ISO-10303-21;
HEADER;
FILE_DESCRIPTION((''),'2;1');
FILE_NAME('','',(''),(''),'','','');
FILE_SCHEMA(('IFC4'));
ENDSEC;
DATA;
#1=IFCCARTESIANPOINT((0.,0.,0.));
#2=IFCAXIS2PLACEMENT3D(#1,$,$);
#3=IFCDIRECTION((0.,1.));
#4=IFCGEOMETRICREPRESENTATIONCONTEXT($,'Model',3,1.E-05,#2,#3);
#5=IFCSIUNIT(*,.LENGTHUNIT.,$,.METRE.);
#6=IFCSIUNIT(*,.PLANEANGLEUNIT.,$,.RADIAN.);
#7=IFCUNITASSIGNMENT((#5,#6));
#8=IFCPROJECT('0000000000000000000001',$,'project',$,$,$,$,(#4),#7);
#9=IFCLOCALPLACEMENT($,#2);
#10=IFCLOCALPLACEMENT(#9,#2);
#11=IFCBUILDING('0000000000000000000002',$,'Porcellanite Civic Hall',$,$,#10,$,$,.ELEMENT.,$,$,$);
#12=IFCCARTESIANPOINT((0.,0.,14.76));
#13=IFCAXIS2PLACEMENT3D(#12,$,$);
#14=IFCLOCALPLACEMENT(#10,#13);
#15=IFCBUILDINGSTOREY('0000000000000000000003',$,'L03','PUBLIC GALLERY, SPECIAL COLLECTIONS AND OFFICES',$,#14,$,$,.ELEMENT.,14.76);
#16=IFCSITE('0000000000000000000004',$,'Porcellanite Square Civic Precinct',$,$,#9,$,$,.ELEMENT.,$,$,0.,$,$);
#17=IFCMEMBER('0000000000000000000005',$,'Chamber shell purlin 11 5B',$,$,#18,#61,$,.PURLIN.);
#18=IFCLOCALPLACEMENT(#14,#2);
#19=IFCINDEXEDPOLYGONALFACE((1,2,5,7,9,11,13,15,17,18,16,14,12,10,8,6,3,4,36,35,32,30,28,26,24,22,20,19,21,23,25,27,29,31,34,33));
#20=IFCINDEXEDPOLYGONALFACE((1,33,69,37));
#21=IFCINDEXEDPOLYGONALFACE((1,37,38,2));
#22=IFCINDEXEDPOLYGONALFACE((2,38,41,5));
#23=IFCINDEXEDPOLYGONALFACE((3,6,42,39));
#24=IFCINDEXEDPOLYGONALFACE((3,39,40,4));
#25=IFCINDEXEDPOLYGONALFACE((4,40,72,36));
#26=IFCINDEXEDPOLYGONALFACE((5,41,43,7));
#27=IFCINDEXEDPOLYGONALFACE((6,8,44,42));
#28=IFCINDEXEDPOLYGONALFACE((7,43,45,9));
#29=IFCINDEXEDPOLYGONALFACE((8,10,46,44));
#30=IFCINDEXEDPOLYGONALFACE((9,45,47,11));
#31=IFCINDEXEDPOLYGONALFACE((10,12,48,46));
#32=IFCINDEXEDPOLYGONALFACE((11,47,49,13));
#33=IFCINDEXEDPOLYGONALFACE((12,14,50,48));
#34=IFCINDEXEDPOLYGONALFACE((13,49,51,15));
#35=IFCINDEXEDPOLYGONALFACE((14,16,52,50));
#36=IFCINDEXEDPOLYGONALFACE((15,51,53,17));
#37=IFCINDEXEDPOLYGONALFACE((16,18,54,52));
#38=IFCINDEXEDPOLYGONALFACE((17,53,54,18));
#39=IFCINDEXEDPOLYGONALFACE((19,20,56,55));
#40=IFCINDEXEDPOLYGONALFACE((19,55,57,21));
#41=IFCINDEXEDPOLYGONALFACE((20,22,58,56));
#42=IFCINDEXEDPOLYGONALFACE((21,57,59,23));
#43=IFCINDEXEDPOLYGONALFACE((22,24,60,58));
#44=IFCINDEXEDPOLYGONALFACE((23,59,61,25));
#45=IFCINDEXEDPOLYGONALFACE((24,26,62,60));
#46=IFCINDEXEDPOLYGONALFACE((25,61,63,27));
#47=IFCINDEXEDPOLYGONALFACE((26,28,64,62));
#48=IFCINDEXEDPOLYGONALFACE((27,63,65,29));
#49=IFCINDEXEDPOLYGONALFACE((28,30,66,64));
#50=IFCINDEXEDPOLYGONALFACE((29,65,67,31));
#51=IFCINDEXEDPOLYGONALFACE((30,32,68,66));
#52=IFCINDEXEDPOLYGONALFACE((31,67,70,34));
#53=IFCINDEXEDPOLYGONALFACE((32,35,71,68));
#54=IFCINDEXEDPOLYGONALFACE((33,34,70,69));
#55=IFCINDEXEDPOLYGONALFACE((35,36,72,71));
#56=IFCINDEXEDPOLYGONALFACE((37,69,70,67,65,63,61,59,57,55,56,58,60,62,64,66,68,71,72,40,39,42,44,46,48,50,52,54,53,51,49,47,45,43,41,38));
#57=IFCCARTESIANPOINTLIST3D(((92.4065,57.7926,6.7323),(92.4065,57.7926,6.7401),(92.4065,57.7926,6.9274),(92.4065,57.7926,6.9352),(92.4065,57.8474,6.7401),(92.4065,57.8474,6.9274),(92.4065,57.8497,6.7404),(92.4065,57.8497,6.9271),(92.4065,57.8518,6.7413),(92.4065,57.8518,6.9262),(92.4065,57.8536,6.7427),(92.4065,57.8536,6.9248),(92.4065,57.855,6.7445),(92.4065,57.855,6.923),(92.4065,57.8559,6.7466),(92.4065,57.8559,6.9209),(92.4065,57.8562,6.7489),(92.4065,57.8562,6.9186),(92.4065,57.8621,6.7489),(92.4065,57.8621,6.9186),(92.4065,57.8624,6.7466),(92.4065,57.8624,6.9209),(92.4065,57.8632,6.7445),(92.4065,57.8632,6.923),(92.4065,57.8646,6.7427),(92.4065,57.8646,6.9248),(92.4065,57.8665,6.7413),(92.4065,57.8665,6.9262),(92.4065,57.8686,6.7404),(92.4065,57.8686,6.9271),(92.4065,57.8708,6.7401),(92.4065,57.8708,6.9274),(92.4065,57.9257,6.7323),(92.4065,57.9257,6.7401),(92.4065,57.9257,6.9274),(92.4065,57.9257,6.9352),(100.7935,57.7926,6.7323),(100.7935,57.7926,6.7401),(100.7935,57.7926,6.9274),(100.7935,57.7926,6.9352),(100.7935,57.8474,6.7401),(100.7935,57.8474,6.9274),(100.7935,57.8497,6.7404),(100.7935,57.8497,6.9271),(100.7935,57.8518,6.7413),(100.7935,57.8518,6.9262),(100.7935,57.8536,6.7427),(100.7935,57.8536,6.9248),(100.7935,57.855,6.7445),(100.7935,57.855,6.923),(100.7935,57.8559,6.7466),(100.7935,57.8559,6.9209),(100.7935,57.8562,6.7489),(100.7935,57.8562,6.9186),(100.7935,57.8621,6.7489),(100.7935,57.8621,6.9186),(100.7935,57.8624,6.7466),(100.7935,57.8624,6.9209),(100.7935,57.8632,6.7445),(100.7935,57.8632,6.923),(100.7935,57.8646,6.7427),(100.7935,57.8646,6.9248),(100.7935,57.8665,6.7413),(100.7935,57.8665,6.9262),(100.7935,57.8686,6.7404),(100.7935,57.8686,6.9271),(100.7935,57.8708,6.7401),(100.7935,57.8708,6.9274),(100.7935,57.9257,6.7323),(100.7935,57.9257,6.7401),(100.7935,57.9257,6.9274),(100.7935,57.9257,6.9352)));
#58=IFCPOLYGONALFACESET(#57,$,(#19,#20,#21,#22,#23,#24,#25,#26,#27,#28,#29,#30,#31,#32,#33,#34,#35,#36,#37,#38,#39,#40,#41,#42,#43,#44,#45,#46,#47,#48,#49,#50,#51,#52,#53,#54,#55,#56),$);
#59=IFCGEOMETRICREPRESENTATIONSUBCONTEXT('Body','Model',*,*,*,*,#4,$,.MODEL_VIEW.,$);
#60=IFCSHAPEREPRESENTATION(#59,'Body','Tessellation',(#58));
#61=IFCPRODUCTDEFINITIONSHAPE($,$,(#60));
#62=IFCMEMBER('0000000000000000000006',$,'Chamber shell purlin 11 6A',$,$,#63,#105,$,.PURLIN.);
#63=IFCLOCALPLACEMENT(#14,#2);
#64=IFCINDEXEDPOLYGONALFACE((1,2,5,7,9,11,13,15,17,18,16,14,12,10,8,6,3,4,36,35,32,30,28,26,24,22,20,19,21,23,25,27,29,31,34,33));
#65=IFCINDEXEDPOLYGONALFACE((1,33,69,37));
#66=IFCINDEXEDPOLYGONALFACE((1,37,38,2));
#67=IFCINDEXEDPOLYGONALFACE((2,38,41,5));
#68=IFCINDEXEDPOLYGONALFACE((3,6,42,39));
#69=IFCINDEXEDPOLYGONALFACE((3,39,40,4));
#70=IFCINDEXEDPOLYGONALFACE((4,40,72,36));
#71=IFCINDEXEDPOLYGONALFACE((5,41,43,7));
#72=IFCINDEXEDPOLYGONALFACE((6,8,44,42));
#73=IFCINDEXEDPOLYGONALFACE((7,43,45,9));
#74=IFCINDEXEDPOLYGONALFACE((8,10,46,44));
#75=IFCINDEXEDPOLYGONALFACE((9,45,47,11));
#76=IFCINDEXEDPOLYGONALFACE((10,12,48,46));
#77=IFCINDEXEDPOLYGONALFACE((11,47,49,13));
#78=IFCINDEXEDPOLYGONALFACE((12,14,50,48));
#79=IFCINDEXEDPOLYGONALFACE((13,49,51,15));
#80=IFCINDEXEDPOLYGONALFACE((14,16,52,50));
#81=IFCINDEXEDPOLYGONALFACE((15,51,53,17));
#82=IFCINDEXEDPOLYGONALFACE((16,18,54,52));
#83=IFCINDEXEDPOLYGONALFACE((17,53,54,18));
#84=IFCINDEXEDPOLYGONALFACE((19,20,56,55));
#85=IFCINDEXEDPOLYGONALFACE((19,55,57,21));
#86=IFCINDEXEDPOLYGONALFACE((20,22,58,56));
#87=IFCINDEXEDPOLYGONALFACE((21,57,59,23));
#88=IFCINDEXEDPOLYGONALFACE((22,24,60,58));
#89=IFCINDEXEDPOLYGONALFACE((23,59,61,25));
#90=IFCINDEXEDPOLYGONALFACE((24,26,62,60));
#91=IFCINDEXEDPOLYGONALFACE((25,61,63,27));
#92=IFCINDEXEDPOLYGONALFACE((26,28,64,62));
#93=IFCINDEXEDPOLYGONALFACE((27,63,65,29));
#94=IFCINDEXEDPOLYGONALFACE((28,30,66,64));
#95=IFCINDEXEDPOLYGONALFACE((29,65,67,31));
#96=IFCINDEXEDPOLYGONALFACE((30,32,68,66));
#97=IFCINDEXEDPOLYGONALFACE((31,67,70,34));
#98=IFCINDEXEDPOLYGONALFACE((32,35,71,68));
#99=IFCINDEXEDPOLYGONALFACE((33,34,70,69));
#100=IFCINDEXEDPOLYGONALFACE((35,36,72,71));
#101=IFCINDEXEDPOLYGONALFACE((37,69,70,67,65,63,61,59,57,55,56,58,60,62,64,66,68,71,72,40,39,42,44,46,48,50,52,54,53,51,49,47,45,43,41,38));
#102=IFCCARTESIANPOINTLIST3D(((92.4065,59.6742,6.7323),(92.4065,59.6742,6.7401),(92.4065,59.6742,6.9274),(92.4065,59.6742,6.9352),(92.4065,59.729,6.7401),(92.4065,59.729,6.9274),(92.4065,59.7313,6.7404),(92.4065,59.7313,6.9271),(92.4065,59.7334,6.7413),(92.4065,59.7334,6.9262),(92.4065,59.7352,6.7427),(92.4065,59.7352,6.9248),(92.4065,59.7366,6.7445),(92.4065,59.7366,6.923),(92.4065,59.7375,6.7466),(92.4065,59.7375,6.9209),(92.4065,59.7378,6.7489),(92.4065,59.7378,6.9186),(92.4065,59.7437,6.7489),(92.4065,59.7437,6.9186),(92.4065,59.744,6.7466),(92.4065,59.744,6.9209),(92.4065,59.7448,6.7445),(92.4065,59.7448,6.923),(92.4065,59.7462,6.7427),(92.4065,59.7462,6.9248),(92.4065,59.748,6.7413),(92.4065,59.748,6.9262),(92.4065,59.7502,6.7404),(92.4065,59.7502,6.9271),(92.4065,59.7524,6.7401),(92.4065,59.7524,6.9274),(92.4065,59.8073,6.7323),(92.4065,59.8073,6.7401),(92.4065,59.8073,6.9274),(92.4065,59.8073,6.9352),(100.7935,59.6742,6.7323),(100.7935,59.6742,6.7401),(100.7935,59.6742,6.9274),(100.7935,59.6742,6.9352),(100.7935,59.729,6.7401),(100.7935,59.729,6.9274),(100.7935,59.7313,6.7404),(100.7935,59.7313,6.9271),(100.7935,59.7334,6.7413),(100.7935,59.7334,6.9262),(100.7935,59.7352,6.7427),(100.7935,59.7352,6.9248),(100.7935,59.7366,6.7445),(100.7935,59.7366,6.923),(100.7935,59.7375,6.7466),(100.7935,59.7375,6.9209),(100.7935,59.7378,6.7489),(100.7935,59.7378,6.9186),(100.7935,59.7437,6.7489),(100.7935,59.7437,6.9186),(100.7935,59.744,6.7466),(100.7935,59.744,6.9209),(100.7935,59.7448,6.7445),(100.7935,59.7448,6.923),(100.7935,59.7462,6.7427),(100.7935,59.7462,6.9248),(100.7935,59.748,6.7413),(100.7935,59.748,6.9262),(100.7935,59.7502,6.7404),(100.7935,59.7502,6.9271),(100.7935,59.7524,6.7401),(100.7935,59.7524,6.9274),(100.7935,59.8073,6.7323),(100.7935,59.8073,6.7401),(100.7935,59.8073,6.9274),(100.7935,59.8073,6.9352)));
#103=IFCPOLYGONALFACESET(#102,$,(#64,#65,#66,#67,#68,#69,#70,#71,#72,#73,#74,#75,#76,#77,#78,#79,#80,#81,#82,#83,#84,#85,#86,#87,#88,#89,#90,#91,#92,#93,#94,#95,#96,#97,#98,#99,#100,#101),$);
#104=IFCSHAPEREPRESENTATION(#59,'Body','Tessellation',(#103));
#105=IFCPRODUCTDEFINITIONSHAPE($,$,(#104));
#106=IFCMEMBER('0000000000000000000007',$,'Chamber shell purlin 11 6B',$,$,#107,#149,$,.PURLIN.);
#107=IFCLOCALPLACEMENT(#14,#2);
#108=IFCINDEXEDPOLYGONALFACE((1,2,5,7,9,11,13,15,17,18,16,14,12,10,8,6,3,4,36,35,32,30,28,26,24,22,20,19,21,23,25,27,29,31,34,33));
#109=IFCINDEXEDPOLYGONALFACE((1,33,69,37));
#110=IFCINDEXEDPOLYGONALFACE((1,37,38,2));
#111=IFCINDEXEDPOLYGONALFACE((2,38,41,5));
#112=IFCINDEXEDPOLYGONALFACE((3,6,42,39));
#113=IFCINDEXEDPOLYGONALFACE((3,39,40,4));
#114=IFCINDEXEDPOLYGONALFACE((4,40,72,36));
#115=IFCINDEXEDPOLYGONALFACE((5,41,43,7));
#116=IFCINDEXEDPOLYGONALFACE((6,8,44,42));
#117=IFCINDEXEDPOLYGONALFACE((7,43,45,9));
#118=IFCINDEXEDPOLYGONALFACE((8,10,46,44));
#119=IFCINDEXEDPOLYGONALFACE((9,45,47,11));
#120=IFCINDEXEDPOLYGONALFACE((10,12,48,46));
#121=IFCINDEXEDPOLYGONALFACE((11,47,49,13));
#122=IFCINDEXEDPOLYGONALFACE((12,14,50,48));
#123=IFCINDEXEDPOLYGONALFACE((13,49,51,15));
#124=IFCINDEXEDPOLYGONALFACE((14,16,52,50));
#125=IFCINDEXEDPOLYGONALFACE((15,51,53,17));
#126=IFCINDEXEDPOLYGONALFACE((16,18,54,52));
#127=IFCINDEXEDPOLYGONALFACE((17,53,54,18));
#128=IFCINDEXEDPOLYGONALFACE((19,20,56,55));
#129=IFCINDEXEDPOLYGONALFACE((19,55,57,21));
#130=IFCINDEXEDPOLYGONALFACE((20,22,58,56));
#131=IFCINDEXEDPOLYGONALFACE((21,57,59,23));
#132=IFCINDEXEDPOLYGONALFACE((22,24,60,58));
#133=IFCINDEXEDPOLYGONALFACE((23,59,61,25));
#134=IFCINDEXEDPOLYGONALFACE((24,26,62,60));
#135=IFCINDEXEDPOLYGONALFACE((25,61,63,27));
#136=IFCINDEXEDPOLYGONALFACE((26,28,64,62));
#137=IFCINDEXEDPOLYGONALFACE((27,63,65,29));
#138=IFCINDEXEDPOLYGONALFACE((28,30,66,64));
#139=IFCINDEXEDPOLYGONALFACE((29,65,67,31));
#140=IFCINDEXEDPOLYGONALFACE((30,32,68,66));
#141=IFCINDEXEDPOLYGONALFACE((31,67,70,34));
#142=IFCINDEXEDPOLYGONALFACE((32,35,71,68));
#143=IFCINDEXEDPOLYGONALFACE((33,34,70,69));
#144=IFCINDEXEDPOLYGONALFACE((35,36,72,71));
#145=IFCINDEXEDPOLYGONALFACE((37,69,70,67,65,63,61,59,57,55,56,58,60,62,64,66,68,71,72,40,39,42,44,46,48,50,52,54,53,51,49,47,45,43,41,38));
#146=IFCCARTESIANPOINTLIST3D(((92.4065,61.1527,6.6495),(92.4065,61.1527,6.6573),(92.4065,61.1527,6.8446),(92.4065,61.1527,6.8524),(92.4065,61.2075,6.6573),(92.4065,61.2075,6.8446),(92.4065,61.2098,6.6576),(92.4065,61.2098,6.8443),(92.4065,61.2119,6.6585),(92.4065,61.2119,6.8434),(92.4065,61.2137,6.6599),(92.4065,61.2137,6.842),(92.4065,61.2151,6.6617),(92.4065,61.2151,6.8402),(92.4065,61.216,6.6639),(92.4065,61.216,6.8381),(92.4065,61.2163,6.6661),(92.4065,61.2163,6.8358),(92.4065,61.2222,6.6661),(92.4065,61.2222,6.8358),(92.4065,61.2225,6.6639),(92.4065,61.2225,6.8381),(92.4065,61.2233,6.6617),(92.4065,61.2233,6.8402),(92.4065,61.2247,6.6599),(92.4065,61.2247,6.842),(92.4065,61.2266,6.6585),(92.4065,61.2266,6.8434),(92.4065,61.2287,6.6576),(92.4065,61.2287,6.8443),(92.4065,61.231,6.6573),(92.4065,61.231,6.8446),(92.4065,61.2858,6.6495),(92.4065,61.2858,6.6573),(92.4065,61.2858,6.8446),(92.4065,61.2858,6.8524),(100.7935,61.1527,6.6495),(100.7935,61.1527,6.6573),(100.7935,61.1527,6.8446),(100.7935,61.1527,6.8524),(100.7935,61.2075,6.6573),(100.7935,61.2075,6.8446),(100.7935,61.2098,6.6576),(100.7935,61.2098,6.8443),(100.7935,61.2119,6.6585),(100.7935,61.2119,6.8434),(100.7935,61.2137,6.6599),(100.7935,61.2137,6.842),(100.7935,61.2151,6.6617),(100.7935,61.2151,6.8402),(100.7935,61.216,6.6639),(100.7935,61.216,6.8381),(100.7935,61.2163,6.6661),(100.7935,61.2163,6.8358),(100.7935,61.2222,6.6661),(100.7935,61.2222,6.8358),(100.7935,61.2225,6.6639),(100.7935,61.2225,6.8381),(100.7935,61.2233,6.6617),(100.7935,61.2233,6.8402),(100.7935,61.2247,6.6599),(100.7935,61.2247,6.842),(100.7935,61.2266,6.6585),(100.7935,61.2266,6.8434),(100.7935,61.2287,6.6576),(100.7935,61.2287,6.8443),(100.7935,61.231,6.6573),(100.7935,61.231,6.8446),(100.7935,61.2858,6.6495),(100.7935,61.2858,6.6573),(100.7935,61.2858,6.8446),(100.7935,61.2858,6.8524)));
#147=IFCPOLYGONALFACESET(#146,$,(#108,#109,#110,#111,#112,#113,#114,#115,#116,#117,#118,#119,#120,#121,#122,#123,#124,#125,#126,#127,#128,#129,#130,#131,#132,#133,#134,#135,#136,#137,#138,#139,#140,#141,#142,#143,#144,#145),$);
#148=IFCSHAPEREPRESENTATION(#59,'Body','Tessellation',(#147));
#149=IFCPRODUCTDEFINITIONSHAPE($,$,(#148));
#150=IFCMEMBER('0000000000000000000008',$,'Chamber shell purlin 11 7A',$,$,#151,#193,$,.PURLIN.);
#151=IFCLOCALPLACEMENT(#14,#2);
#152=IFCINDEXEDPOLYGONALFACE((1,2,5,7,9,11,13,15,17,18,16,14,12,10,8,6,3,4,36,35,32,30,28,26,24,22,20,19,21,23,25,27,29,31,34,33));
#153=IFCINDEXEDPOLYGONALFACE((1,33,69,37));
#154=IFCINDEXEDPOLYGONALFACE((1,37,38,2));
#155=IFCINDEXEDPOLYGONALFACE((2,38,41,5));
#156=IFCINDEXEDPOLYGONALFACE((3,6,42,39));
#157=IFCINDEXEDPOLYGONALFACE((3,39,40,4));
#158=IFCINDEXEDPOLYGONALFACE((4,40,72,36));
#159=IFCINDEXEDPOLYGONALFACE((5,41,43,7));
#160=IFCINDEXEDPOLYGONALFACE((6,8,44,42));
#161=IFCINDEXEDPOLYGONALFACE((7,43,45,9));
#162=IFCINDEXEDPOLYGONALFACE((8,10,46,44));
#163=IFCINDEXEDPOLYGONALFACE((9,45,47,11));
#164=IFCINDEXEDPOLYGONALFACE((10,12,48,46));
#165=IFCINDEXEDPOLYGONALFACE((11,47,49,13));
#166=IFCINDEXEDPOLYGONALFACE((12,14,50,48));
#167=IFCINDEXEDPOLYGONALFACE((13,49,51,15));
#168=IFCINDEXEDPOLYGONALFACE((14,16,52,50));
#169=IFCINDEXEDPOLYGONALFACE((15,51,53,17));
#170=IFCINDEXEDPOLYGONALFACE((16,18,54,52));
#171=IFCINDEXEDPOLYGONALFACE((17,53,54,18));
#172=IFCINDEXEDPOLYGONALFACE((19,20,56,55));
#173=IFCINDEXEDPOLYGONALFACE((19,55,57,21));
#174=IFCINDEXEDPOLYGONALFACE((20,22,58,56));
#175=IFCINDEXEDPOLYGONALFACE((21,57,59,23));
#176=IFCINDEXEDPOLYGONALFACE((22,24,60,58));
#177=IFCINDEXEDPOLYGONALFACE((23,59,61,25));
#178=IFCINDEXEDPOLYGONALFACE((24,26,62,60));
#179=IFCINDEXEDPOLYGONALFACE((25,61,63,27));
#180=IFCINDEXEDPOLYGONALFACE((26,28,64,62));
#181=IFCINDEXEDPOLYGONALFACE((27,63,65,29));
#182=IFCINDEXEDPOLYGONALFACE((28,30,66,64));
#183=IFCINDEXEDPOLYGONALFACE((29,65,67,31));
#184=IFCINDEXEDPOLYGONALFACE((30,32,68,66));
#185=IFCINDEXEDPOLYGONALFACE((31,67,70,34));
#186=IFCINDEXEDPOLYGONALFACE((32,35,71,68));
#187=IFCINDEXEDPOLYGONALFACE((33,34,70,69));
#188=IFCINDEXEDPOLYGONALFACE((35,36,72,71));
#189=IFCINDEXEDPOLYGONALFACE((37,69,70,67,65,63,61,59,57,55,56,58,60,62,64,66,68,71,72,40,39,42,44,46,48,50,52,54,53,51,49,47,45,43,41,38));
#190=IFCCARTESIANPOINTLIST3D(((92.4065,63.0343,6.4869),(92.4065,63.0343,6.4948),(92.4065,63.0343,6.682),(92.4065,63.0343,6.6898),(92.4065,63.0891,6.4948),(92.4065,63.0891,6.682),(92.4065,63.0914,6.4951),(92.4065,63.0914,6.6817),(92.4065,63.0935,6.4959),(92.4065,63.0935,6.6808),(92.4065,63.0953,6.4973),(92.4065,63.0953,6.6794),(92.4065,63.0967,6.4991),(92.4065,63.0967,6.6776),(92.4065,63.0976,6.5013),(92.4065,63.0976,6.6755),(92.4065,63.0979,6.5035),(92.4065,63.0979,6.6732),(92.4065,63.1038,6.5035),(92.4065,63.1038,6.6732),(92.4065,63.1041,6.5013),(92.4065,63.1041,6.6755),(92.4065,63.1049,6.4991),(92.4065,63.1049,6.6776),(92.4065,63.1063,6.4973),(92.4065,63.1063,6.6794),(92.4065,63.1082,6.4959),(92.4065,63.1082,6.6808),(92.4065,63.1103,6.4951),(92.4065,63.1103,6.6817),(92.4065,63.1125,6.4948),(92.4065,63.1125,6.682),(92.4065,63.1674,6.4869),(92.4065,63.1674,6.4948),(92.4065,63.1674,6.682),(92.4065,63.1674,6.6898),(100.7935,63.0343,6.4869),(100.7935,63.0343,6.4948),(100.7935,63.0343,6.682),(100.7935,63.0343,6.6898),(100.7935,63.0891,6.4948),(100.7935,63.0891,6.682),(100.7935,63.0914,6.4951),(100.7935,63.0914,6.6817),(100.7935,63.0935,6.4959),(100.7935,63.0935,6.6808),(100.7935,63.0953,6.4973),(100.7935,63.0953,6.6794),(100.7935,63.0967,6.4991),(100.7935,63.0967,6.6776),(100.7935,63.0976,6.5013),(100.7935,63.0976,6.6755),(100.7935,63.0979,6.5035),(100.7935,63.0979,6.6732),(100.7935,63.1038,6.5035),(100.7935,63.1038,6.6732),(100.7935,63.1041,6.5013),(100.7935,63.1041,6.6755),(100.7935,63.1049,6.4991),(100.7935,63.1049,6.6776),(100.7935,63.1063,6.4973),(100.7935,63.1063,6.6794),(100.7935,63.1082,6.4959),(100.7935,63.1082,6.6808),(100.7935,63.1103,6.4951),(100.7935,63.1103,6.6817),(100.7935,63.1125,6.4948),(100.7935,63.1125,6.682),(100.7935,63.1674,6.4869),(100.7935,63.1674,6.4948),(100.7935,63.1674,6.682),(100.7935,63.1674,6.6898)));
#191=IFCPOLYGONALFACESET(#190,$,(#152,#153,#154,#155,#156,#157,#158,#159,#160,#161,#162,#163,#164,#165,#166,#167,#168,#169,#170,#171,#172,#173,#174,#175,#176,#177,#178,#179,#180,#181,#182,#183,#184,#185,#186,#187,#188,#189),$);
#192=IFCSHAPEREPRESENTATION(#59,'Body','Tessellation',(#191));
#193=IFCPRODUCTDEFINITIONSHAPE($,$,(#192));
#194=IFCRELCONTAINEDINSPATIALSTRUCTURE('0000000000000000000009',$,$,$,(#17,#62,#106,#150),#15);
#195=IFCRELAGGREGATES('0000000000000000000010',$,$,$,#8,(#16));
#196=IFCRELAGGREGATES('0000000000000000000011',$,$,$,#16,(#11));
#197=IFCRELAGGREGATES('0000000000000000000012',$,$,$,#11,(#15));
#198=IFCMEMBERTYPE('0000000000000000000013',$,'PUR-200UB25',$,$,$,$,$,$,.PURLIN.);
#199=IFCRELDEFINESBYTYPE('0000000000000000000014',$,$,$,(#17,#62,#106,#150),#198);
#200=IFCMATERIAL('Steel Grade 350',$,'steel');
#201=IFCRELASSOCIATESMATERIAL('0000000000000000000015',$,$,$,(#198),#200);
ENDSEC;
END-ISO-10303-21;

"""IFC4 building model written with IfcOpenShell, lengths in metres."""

from ifc_helpers import new_model, si_unit, direction, frame, origin, origin_2d, place, context, subcontext, project, spatial, i_section, extrude, material, material_profile, profile_set, type_object, element, save


model = new_model("IFC4")

# Units and contexts
model_context = context("Model", 3, precision=1e-05, world=origin(), true_north=direction((0.0, 1.0)))
body_context = subcontext(model_context, "Body", "Model", "MODEL_VIEW")
ifc_project = project(units=[si_unit("LENGTHUNIT", "METRE"), si_unit("PLANEANGLEUNIT", "RADIAN")], contexts=[model_context])

# Site, building, storey
site_placement = place(None, origin())
site = spatial("IfcSite", under=ifc_project, at=site_placement, Name="Porcellanite Square Civic Precinct", CompositionType="ELEMENT", RefElevation=0.0)
building_placement = place(site_placement, origin())
building = spatial("IfcBuilding", under=site, at=building_placement, Name="Porcellanite Civic Hall", CompositionType="ELEMENT")
storey_placement = place(building_placement, frame((0.0, 0.0, 14.76)))
storey = spatial("IfcBuildingStorey", under=building, at=storey_placement, Name="L03", Description="PUBLIC GALLERY, SPECIAL COLLECTIONS AND OFFICES", CompositionType="ELEMENT", Elevation=14.76)

# Members
ifc_material_1 = material(Name="Steel Grade 350", Category="steel")
ifc_material_profile_1 = material_profile(ifc_material_1, i_section(OverallWidth=0.1331, OverallDepth=0.2029, WebThickness=0.0059, FlangeThickness=0.0078, FilletRadius=0.0088, at=origin_2d()), Name="200UB25.4")
ifc_profile_set_1 = profile_set([ifc_material_profile_1], Name="Steel Grade 350")
member_type_1 = type_object("IfcMemberType", Name="PUR-200UB25", PredefinedType="PURLIN", material=ifc_profile_set_1)
for number, where, z_axis, x_axis, name in (
    (1, (92.4065, 57.8591, 6.8337), (1.0, 0.0, 0.0), (0.0, 1.0, 0.0), "Chamber shell purlin 11 5B"),
    (2, (92.4065, 59.7407, 6.8337), (1.0, 0.0, 0.0), (0.0, 1.0, 0.0), "Chamber shell purlin 11 6A"),
    (3, (92.4065, 61.2192, 6.751), (1.0, 0.0, 0.0), (0.0, 1.0, 0.0), "Chamber shell purlin 11 6B"),
    (4, (92.4065, 63.1008, 6.5884), (1.0, 0.0, 0.0), (0.0, 1.0, 0.0), "Chamber shell purlin 11 7A"),
):
    element("IfcMember", number, at=place(storey_placement, frame(where, z_axis=z_axis, x_axis=x_axis)), inside=storey, type_object=member_type_1, Name=name, PredefinedType="PURLIN", context=body_context, shape_type="SweptSolid", body=[
        extrude(i_section(OverallWidth=0.1331, OverallDepth=0.2029, WebThickness=0.0059, FlangeThickness=0.0078, FilletRadius=0.0088, at=origin_2d()), origin(), (0.0, 0.0, 1.0), 8.387),
    ])

save(model, "model.ifc")
